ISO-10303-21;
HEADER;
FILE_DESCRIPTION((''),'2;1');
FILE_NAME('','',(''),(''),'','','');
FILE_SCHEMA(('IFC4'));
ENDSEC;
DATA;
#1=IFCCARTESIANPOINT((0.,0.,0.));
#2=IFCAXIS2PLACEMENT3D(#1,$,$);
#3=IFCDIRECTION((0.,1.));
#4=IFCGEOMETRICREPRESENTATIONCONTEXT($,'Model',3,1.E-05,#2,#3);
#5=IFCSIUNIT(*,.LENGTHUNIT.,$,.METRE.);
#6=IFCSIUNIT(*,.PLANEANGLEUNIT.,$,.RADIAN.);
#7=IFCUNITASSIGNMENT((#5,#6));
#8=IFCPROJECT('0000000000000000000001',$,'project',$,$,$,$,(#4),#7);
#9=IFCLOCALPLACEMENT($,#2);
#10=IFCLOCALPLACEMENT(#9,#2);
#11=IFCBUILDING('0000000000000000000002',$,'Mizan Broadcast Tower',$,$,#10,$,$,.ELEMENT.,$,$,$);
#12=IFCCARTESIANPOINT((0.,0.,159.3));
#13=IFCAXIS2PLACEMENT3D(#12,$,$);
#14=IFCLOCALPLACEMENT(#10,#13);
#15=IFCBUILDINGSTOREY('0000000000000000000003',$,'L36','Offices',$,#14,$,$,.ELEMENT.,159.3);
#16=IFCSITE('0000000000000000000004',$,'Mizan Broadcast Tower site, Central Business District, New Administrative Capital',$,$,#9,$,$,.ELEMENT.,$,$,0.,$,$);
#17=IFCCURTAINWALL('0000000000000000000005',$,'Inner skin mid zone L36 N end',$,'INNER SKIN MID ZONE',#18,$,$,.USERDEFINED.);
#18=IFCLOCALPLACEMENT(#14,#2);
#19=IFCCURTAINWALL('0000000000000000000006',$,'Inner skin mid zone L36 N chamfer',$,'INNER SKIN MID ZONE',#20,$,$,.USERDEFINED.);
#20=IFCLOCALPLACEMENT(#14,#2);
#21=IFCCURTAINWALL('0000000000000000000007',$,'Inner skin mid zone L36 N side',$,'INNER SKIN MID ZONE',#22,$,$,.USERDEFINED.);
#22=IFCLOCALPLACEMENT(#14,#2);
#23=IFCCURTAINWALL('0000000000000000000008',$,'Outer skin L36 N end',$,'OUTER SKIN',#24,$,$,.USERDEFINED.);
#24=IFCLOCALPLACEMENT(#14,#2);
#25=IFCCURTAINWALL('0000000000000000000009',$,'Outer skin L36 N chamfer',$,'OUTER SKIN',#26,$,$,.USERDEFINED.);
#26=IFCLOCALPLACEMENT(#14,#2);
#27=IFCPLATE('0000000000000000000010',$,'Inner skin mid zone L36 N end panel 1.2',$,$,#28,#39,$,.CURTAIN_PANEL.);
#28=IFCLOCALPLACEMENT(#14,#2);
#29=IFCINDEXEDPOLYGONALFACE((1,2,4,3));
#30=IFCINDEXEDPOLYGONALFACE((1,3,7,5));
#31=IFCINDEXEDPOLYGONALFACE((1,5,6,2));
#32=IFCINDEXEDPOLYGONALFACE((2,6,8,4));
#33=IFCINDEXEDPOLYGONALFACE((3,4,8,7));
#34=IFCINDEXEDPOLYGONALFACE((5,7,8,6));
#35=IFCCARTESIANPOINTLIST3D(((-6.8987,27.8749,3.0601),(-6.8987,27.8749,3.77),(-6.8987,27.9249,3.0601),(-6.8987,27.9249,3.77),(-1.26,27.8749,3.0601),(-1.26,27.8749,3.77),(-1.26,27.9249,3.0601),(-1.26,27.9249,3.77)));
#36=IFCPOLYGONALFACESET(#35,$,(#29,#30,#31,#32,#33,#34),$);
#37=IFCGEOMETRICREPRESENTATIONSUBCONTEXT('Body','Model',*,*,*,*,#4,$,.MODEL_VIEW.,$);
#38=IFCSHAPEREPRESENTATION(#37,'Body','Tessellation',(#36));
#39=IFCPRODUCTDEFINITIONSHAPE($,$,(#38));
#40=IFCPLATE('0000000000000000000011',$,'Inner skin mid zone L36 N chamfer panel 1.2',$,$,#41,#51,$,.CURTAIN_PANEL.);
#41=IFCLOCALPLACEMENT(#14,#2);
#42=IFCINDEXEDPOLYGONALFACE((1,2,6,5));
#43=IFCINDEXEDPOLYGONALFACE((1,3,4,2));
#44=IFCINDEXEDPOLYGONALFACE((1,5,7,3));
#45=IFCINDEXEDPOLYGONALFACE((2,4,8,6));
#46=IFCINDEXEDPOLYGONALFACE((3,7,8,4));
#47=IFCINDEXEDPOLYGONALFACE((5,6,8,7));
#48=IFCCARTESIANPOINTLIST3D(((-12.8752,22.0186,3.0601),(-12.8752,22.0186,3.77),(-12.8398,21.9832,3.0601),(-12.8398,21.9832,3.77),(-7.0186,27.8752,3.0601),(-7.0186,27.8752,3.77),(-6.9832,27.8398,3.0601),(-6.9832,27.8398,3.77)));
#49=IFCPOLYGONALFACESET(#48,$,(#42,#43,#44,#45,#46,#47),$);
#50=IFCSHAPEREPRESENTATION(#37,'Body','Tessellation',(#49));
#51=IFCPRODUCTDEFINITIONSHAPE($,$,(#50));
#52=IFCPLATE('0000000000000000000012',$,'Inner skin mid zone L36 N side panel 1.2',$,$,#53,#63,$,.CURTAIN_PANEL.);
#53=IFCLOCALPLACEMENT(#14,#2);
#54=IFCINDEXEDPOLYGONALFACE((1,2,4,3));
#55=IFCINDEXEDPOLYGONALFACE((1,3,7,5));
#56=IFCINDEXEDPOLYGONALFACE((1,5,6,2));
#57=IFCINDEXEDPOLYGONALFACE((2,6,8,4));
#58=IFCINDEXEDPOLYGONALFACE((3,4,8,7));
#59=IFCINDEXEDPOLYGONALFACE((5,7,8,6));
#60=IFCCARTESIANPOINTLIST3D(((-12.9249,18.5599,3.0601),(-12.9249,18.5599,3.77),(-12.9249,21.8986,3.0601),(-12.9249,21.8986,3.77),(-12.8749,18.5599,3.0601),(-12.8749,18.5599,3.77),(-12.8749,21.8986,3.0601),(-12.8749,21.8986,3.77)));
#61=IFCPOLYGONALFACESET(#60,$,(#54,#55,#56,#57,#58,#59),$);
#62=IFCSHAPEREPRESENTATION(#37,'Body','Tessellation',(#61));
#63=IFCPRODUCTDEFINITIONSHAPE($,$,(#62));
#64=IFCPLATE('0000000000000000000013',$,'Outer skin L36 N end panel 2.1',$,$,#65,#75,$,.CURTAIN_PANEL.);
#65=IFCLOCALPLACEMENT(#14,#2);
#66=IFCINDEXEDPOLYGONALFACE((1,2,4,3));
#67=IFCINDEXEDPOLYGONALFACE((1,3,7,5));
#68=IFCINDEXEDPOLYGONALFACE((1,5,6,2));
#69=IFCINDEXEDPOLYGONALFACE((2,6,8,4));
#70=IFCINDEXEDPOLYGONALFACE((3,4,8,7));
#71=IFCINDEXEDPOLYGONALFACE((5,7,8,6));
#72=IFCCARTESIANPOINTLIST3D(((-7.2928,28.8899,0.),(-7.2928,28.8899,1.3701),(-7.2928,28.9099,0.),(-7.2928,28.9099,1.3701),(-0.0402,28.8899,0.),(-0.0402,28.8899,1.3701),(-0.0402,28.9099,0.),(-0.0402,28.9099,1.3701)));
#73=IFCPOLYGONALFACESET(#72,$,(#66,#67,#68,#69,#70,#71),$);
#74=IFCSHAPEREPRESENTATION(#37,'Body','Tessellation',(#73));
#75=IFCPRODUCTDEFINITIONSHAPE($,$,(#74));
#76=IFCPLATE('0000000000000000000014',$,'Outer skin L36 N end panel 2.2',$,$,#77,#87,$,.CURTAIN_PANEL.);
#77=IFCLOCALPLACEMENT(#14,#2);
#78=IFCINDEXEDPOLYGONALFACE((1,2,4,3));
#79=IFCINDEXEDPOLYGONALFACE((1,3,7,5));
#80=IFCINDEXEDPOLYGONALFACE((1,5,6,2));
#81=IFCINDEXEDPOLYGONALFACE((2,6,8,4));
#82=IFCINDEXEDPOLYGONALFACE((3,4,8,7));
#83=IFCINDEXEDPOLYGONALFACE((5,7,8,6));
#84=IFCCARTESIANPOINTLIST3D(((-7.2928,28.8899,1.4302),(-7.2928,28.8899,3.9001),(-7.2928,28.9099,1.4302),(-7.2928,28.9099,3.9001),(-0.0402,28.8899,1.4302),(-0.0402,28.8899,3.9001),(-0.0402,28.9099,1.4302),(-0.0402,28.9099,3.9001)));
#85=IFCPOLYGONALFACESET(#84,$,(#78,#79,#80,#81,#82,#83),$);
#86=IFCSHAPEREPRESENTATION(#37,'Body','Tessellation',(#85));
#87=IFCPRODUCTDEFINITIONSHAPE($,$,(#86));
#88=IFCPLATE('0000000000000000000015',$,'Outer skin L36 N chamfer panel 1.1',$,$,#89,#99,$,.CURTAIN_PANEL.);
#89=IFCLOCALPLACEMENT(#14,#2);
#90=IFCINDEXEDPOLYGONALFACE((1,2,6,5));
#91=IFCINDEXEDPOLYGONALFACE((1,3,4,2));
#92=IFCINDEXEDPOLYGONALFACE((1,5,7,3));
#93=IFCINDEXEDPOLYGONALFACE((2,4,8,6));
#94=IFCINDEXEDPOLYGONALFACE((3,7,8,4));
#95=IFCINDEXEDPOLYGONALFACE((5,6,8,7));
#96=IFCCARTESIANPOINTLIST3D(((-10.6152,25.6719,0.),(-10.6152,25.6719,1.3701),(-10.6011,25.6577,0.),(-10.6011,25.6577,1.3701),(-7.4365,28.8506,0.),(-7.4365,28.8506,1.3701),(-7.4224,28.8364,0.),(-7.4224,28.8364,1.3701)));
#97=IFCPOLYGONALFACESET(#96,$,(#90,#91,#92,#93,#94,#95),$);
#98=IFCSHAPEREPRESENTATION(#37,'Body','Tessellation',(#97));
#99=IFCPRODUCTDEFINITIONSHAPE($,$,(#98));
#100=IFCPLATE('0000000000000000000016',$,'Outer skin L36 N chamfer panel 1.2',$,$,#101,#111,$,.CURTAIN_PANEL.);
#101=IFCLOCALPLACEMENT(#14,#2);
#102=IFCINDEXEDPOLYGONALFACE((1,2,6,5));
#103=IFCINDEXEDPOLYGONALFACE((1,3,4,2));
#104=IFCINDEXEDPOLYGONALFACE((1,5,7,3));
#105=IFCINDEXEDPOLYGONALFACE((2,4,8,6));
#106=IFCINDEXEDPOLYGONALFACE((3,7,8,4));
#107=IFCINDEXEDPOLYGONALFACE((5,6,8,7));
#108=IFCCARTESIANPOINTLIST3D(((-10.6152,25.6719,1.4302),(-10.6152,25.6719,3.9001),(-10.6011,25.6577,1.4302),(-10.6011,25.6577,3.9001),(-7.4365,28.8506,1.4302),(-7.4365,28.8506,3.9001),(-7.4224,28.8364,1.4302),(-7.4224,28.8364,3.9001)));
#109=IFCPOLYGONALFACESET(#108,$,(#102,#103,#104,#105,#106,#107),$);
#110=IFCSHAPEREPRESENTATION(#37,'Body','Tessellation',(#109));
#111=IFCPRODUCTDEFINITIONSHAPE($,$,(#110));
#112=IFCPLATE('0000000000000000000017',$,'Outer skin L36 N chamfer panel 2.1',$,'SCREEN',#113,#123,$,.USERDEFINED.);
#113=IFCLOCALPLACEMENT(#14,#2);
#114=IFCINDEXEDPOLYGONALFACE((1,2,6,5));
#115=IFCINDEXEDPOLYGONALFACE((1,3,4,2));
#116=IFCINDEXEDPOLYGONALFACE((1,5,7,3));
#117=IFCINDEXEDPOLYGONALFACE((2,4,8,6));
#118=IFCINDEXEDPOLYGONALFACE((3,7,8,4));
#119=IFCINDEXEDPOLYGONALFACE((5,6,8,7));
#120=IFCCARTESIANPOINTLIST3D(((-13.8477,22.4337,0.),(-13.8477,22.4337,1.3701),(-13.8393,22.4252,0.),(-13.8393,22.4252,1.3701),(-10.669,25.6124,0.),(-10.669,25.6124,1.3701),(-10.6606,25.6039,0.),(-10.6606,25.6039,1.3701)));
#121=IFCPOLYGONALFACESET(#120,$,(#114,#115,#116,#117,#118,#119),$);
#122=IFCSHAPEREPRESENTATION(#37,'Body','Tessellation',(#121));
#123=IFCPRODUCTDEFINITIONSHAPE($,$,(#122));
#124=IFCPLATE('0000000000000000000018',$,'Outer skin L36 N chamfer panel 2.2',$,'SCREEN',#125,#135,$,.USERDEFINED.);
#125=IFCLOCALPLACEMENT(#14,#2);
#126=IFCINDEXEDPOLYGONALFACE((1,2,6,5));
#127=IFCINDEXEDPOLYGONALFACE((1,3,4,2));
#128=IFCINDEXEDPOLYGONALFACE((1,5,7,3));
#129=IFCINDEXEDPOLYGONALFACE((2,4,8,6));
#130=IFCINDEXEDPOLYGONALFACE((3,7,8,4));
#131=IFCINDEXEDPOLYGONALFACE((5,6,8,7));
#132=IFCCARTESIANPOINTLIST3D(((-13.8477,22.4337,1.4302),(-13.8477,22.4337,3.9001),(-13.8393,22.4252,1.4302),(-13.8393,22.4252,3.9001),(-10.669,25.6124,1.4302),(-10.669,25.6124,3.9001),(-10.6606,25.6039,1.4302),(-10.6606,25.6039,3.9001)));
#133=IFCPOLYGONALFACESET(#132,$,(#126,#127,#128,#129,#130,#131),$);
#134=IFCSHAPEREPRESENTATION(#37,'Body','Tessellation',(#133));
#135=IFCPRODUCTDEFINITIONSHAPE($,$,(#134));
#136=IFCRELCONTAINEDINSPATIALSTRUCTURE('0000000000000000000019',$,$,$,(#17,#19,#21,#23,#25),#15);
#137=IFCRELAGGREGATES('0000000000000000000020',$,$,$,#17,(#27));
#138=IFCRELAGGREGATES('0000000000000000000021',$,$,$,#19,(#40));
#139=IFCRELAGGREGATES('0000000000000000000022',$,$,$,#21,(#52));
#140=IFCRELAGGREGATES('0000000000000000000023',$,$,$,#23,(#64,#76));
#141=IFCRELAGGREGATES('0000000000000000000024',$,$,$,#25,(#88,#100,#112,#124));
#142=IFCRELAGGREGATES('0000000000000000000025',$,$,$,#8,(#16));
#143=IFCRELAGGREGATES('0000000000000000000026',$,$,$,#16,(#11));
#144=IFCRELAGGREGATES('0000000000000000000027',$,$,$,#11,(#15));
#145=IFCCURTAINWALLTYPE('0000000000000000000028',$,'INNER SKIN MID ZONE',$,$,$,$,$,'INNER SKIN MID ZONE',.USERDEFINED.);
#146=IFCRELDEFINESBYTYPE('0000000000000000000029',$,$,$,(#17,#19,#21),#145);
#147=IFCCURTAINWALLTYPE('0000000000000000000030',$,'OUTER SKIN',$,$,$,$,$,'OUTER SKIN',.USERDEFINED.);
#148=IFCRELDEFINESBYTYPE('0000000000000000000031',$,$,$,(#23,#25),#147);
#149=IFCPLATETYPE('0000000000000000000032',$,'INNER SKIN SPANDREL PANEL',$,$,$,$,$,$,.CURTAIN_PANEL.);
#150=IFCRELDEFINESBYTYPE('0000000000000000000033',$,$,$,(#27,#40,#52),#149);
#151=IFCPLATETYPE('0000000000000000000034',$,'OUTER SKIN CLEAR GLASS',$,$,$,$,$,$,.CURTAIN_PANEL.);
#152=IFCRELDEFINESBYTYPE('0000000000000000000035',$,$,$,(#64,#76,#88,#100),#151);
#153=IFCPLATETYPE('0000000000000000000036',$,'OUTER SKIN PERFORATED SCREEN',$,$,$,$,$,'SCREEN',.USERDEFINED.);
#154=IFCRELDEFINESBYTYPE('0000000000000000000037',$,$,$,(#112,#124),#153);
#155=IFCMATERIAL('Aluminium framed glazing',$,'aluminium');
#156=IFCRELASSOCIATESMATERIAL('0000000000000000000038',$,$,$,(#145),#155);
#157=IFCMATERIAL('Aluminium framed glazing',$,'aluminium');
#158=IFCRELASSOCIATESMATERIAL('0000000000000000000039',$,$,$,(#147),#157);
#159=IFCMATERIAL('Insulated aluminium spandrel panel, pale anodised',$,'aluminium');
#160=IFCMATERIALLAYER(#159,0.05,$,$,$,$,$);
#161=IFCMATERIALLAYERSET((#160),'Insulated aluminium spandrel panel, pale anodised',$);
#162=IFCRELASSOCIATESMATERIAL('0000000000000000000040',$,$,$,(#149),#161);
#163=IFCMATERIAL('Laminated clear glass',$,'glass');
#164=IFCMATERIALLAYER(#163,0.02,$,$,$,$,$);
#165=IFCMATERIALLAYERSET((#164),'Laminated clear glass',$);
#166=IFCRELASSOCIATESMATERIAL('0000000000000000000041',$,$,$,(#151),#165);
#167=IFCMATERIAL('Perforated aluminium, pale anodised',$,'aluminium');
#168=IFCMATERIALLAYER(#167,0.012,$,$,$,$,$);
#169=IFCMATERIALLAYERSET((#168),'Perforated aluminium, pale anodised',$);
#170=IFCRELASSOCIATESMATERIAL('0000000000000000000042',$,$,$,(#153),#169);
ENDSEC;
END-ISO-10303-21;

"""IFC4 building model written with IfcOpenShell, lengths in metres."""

from ifc_helpers import new_model, si_unit, direction, frame, origin, origin_2d, place, context, subcontext, project, spatial, rectangle, extrude, material, layer, layer_set, type_object, element, aggregate, save


model = new_model("IFC4")

# Units and contexts
model_context = context("Model", 3, precision=1e-05, world=origin(), true_north=direction((0.0, 1.0)))
body_context = subcontext(model_context, "Body", "Model", "MODEL_VIEW")
ifc_project = project(units=[si_unit("LENGTHUNIT", "METRE"), si_unit("PLANEANGLEUNIT", "RADIAN")], contexts=[model_context])

# Site, building, storey
site_placement = place(None, origin())
site = spatial("IfcSite", under=ifc_project, at=site_placement, Name="Mizan Broadcast Tower site, Central Business District, New Administrative Capital", CompositionType="ELEMENT", RefElevation=0.0)
building_placement = place(site_placement, origin())
building = spatial("IfcBuilding", under=site, at=building_placement, Name="Mizan Broadcast Tower", CompositionType="ELEMENT")
storey_placement = place(building_placement, frame((0.0, 0.0, 159.3)))
storey = spatial("IfcBuildingStorey", under=building, at=storey_placement, Name="L36", Description="Offices", CompositionType="ELEMENT", Elevation=159.3)

# Curtain wall
ifc_material_1 = material(Name="Aluminium framed glazing", Category="aluminium")
curtain_wall_type_1 = type_object("IfcCurtainWallType", Name="INNER SKIN MID ZONE", ElementType="INNER SKIN MID ZONE", PredefinedType="USERDEFINED", material=ifc_material_1)
curtain_wall_1_placement = place(storey_placement, origin())
curtain_wall_1 = element("IfcCurtainWall", 1, at=curtain_wall_1_placement, inside=storey, type_object=curtain_wall_type_1, Name="Inner skin mid zone L36 N end", ObjectType="INNER SKIN MID ZONE", PredefinedType="USERDEFINED")

# Curtain wall
curtain_wall_2_placement = place(storey_placement, origin())
curtain_wall_2 = element("IfcCurtainWall", 2, at=curtain_wall_2_placement, inside=storey, type_object=curtain_wall_type_1, Name="Inner skin mid zone L36 N chamfer", ObjectType="INNER SKIN MID ZONE", PredefinedType="USERDEFINED")

# Curtain walls
curtain_wall_3_placement = place(storey_placement, origin())
curtain_wall_3 = element("IfcCurtainWall", 3, at=curtain_wall_3_placement, inside=storey, type_object=curtain_wall_type_1, Name="Inner skin mid zone L36 N side", ObjectType="INNER SKIN MID ZONE", PredefinedType="USERDEFINED")
ifc_material_2 = material(Name="Aluminium framed glazing", Category="aluminium")
curtain_wall_type_2 = type_object("IfcCurtainWallType", Name="OUTER SKIN", ElementType="OUTER SKIN", PredefinedType="USERDEFINED", material=ifc_material_2)
curtain_wall_4_placement = place(storey_placement, origin())
curtain_wall_4 = element("IfcCurtainWall", 4, at=curtain_wall_4_placement, inside=storey, type_object=curtain_wall_type_2, Name="Outer skin L36 N end", ObjectType="OUTER SKIN", PredefinedType="USERDEFINED")
curtain_wall_5_placement = place(storey_placement, origin())
curtain_wall_5 = element("IfcCurtainWall", 5, at=curtain_wall_5_placement, inside=storey, type_object=curtain_wall_type_2, Name="Outer skin L36 N chamfer", ObjectType="OUTER SKIN", PredefinedType="USERDEFINED")

# Plates
ifc_material_3 = material(Name="Insulated aluminium spandrel panel, pale anodised", Category="aluminium")
ifc_layer_1 = layer(ifc_material_3, 0.05)
ifc_layer_set_1 = layer_set([ifc_layer_1], Name="Insulated aluminium spandrel panel, pale anodised")
plate_type_1 = type_object("IfcPlateType", Name="INNER SKIN SPANDREL PANEL", PredefinedType="CURTAIN_PANEL", material=ifc_layer_set_1)
plate_1_placement = place(storey_placement, frame((-4.0793, 27.8999, 3.0601), z_axis=(0.0, 0.0, 1.0), x_axis=(-1.0, 0.0, 0.0)))
plate_1 = element("IfcPlate", 6, at=plate_1_placement, type_object=plate_type_1, Name="Inner skin mid zone L36 N end panel 1.2", PredefinedType="CURTAIN_PANEL", context=body_context, shape_type="SweptSolid", body=[
    extrude(rectangle(XDim=5.6387, YDim=0.05, at=origin_2d()), origin(), (0.0, 0.0, 1.0), 0.71),
])
aggregate(curtain_wall_1, [plate_1])
plate_2_placement = place(storey_placement, frame((-9.9292, 24.9292, 3.0601), z_axis=(0.0, 0.0, 1.0), x_axis=(-0.707107, -0.707107, 0.0)))
plate_2 = element("IfcPlate", 7, at=plate_2_placement, type_object=plate_type_1, Name="Inner skin mid zone L36 N chamfer panel 1.2", PredefinedType="CURTAIN_PANEL", context=body_context, shape_type="SweptSolid", body=[
    extrude(rectangle(XDim=8.2825, YDim=0.05, at=origin_2d()), origin(), (0.0, 0.0, 1.0), 0.71),
])
aggregate(curtain_wall_2, [plate_2])
plate_3_placement = place(storey_placement, frame((-12.8999, 20.2292, 3.0601), z_axis=(0.0, 0.0, 1.0), x_axis=(0.0, -1.0, 0.0)))
plate_3 = element("IfcPlate", 8, at=plate_3_placement, type_object=plate_type_1, Name="Inner skin mid zone L36 N side panel 1.2", PredefinedType="CURTAIN_PANEL", context=body_context, shape_type="SweptSolid", body=[
    extrude(rectangle(XDim=3.3386, YDim=0.05, at=origin_2d()), origin(), (0.0, 0.0, 1.0), 0.71),
])
aggregate(curtain_wall_3, [plate_3])
ifc_material_4 = material(Name="Laminated clear glass", Category="glass")
ifc_layer_2 = layer(ifc_material_4, 0.02)
ifc_layer_set_2 = layer_set([ifc_layer_2], Name="Laminated clear glass")
plate_type_2 = type_object("IfcPlateType", Name="OUTER SKIN CLEAR GLASS", PredefinedType="CURTAIN_PANEL", material=ifc_layer_set_2)
plate_4_placement = place(storey_placement, frame((-3.6665, 28.8999, 0.0), z_axis=(0.0, 0.0, 1.0), x_axis=(-1.0, 0.0, 0.0)))
plate_4 = element("IfcPlate", 9, at=plate_4_placement, type_object=plate_type_2, Name="Outer skin L36 N end panel 2.1", PredefinedType="CURTAIN_PANEL", context=body_context, shape_type="SweptSolid", body=[
    extrude(rectangle(XDim=7.2527, YDim=0.02, at=origin_2d()), origin(), (0.0, 0.0, 1.0), 1.3701),
])
plate_5_placement = place(storey_placement, frame((-3.6665, 28.8999, 1.4302), z_axis=(0.0, 0.0, 1.0), x_axis=(-1.0, 0.0, 0.0)))
plate_5 = element("IfcPlate", 10, at=plate_5_placement, type_object=plate_type_2, Name="Outer skin L36 N end panel 2.2", PredefinedType="CURTAIN_PANEL", context=body_context, shape_type="SweptSolid", body=[
    extrude(rectangle(XDim=7.2527, YDim=0.02, at=origin_2d()), origin(), (0.0, 0.0, 1.0), 2.47),
])
aggregate(curtain_wall_4, [plate_4, plate_5])
plate_6_placement = place(storey_placement, frame((-9.0188, 27.2542, 0.0), z_axis=(0.0, 0.0, 1.0), x_axis=(-0.707107, -0.707107, 0.0)))
plate_6 = element("IfcPlate", 11, at=plate_6_placement, type_object=plate_type_2, Name="Outer skin L36 N chamfer panel 1.1", PredefinedType="CURTAIN_PANEL", context=body_context, shape_type="SweptSolid", body=[
    extrude(rectangle(XDim=4.4954, YDim=0.02, at=origin_2d()), origin(), (0.0, 0.0, 1.0), 1.3701),
])
plate_7_placement = place(storey_placement, frame((-9.0188, 27.2542, 1.4302), z_axis=(0.0, 0.0, 1.0), x_axis=(-0.707107, -0.707107, 0.0)))
plate_7 = element("IfcPlate", 12, at=plate_7_placement, type_object=plate_type_2, Name="Outer skin L36 N chamfer panel 1.2", PredefinedType="CURTAIN_PANEL", context=body_context, shape_type="SweptSolid", body=[
    extrude(rectangle(XDim=4.4954, YDim=0.02, at=origin_2d()), origin(), (0.0, 0.0, 1.0), 2.47),
])
ifc_material_5 = material(Name="Perforated aluminium, pale anodised", Category="aluminium")
ifc_layer_3 = layer(ifc_material_5, 0.012)
ifc_layer_set_3 = layer_set([ifc_layer_3], Name="Perforated aluminium, pale anodised")
plate_type_3 = type_object("IfcPlateType", Name="OUTER SKIN PERFORATED SCREEN", ElementType="SCREEN", PredefinedType="USERDEFINED", material=ifc_layer_set_3)
plate_8_placement = place(storey_placement, frame((-12.2542, 24.0188, 0.0), z_axis=(0.0, 0.0, 1.0), x_axis=(-0.707107, -0.707107, 0.0)))
plate_8 = element("IfcPlate", 13, at=plate_8_placement, type_object=plate_type_3, Name="Outer skin L36 N chamfer panel 2.1", ObjectType="SCREEN", PredefinedType="USERDEFINED", context=body_context, shape_type="SweptSolid", body=[
    extrude(rectangle(XDim=4.4954, YDim=0.012, at=origin_2d()), origin(), (0.0, 0.0, 1.0), 1.3701),
])
plate_9_placement = place(storey_placement, frame((-12.2542, 24.0188, 1.4302), z_axis=(0.0, 0.0, 1.0), x_axis=(-0.707107, -0.707107, 0.0)))
plate_9 = element("IfcPlate", 14, at=plate_9_placement, type_object=plate_type_3, Name="Outer skin L36 N chamfer panel 2.2", ObjectType="SCREEN", PredefinedType="USERDEFINED", context=body_context, shape_type="SweptSolid", body=[
    extrude(rectangle(XDim=4.4954, YDim=0.012, at=origin_2d()), origin(), (0.0, 0.0, 1.0), 2.47),
])
aggregate(curtain_wall_5, [plate_6, plate_7, plate_8, plate_9])

save(model, "model.ifc")
